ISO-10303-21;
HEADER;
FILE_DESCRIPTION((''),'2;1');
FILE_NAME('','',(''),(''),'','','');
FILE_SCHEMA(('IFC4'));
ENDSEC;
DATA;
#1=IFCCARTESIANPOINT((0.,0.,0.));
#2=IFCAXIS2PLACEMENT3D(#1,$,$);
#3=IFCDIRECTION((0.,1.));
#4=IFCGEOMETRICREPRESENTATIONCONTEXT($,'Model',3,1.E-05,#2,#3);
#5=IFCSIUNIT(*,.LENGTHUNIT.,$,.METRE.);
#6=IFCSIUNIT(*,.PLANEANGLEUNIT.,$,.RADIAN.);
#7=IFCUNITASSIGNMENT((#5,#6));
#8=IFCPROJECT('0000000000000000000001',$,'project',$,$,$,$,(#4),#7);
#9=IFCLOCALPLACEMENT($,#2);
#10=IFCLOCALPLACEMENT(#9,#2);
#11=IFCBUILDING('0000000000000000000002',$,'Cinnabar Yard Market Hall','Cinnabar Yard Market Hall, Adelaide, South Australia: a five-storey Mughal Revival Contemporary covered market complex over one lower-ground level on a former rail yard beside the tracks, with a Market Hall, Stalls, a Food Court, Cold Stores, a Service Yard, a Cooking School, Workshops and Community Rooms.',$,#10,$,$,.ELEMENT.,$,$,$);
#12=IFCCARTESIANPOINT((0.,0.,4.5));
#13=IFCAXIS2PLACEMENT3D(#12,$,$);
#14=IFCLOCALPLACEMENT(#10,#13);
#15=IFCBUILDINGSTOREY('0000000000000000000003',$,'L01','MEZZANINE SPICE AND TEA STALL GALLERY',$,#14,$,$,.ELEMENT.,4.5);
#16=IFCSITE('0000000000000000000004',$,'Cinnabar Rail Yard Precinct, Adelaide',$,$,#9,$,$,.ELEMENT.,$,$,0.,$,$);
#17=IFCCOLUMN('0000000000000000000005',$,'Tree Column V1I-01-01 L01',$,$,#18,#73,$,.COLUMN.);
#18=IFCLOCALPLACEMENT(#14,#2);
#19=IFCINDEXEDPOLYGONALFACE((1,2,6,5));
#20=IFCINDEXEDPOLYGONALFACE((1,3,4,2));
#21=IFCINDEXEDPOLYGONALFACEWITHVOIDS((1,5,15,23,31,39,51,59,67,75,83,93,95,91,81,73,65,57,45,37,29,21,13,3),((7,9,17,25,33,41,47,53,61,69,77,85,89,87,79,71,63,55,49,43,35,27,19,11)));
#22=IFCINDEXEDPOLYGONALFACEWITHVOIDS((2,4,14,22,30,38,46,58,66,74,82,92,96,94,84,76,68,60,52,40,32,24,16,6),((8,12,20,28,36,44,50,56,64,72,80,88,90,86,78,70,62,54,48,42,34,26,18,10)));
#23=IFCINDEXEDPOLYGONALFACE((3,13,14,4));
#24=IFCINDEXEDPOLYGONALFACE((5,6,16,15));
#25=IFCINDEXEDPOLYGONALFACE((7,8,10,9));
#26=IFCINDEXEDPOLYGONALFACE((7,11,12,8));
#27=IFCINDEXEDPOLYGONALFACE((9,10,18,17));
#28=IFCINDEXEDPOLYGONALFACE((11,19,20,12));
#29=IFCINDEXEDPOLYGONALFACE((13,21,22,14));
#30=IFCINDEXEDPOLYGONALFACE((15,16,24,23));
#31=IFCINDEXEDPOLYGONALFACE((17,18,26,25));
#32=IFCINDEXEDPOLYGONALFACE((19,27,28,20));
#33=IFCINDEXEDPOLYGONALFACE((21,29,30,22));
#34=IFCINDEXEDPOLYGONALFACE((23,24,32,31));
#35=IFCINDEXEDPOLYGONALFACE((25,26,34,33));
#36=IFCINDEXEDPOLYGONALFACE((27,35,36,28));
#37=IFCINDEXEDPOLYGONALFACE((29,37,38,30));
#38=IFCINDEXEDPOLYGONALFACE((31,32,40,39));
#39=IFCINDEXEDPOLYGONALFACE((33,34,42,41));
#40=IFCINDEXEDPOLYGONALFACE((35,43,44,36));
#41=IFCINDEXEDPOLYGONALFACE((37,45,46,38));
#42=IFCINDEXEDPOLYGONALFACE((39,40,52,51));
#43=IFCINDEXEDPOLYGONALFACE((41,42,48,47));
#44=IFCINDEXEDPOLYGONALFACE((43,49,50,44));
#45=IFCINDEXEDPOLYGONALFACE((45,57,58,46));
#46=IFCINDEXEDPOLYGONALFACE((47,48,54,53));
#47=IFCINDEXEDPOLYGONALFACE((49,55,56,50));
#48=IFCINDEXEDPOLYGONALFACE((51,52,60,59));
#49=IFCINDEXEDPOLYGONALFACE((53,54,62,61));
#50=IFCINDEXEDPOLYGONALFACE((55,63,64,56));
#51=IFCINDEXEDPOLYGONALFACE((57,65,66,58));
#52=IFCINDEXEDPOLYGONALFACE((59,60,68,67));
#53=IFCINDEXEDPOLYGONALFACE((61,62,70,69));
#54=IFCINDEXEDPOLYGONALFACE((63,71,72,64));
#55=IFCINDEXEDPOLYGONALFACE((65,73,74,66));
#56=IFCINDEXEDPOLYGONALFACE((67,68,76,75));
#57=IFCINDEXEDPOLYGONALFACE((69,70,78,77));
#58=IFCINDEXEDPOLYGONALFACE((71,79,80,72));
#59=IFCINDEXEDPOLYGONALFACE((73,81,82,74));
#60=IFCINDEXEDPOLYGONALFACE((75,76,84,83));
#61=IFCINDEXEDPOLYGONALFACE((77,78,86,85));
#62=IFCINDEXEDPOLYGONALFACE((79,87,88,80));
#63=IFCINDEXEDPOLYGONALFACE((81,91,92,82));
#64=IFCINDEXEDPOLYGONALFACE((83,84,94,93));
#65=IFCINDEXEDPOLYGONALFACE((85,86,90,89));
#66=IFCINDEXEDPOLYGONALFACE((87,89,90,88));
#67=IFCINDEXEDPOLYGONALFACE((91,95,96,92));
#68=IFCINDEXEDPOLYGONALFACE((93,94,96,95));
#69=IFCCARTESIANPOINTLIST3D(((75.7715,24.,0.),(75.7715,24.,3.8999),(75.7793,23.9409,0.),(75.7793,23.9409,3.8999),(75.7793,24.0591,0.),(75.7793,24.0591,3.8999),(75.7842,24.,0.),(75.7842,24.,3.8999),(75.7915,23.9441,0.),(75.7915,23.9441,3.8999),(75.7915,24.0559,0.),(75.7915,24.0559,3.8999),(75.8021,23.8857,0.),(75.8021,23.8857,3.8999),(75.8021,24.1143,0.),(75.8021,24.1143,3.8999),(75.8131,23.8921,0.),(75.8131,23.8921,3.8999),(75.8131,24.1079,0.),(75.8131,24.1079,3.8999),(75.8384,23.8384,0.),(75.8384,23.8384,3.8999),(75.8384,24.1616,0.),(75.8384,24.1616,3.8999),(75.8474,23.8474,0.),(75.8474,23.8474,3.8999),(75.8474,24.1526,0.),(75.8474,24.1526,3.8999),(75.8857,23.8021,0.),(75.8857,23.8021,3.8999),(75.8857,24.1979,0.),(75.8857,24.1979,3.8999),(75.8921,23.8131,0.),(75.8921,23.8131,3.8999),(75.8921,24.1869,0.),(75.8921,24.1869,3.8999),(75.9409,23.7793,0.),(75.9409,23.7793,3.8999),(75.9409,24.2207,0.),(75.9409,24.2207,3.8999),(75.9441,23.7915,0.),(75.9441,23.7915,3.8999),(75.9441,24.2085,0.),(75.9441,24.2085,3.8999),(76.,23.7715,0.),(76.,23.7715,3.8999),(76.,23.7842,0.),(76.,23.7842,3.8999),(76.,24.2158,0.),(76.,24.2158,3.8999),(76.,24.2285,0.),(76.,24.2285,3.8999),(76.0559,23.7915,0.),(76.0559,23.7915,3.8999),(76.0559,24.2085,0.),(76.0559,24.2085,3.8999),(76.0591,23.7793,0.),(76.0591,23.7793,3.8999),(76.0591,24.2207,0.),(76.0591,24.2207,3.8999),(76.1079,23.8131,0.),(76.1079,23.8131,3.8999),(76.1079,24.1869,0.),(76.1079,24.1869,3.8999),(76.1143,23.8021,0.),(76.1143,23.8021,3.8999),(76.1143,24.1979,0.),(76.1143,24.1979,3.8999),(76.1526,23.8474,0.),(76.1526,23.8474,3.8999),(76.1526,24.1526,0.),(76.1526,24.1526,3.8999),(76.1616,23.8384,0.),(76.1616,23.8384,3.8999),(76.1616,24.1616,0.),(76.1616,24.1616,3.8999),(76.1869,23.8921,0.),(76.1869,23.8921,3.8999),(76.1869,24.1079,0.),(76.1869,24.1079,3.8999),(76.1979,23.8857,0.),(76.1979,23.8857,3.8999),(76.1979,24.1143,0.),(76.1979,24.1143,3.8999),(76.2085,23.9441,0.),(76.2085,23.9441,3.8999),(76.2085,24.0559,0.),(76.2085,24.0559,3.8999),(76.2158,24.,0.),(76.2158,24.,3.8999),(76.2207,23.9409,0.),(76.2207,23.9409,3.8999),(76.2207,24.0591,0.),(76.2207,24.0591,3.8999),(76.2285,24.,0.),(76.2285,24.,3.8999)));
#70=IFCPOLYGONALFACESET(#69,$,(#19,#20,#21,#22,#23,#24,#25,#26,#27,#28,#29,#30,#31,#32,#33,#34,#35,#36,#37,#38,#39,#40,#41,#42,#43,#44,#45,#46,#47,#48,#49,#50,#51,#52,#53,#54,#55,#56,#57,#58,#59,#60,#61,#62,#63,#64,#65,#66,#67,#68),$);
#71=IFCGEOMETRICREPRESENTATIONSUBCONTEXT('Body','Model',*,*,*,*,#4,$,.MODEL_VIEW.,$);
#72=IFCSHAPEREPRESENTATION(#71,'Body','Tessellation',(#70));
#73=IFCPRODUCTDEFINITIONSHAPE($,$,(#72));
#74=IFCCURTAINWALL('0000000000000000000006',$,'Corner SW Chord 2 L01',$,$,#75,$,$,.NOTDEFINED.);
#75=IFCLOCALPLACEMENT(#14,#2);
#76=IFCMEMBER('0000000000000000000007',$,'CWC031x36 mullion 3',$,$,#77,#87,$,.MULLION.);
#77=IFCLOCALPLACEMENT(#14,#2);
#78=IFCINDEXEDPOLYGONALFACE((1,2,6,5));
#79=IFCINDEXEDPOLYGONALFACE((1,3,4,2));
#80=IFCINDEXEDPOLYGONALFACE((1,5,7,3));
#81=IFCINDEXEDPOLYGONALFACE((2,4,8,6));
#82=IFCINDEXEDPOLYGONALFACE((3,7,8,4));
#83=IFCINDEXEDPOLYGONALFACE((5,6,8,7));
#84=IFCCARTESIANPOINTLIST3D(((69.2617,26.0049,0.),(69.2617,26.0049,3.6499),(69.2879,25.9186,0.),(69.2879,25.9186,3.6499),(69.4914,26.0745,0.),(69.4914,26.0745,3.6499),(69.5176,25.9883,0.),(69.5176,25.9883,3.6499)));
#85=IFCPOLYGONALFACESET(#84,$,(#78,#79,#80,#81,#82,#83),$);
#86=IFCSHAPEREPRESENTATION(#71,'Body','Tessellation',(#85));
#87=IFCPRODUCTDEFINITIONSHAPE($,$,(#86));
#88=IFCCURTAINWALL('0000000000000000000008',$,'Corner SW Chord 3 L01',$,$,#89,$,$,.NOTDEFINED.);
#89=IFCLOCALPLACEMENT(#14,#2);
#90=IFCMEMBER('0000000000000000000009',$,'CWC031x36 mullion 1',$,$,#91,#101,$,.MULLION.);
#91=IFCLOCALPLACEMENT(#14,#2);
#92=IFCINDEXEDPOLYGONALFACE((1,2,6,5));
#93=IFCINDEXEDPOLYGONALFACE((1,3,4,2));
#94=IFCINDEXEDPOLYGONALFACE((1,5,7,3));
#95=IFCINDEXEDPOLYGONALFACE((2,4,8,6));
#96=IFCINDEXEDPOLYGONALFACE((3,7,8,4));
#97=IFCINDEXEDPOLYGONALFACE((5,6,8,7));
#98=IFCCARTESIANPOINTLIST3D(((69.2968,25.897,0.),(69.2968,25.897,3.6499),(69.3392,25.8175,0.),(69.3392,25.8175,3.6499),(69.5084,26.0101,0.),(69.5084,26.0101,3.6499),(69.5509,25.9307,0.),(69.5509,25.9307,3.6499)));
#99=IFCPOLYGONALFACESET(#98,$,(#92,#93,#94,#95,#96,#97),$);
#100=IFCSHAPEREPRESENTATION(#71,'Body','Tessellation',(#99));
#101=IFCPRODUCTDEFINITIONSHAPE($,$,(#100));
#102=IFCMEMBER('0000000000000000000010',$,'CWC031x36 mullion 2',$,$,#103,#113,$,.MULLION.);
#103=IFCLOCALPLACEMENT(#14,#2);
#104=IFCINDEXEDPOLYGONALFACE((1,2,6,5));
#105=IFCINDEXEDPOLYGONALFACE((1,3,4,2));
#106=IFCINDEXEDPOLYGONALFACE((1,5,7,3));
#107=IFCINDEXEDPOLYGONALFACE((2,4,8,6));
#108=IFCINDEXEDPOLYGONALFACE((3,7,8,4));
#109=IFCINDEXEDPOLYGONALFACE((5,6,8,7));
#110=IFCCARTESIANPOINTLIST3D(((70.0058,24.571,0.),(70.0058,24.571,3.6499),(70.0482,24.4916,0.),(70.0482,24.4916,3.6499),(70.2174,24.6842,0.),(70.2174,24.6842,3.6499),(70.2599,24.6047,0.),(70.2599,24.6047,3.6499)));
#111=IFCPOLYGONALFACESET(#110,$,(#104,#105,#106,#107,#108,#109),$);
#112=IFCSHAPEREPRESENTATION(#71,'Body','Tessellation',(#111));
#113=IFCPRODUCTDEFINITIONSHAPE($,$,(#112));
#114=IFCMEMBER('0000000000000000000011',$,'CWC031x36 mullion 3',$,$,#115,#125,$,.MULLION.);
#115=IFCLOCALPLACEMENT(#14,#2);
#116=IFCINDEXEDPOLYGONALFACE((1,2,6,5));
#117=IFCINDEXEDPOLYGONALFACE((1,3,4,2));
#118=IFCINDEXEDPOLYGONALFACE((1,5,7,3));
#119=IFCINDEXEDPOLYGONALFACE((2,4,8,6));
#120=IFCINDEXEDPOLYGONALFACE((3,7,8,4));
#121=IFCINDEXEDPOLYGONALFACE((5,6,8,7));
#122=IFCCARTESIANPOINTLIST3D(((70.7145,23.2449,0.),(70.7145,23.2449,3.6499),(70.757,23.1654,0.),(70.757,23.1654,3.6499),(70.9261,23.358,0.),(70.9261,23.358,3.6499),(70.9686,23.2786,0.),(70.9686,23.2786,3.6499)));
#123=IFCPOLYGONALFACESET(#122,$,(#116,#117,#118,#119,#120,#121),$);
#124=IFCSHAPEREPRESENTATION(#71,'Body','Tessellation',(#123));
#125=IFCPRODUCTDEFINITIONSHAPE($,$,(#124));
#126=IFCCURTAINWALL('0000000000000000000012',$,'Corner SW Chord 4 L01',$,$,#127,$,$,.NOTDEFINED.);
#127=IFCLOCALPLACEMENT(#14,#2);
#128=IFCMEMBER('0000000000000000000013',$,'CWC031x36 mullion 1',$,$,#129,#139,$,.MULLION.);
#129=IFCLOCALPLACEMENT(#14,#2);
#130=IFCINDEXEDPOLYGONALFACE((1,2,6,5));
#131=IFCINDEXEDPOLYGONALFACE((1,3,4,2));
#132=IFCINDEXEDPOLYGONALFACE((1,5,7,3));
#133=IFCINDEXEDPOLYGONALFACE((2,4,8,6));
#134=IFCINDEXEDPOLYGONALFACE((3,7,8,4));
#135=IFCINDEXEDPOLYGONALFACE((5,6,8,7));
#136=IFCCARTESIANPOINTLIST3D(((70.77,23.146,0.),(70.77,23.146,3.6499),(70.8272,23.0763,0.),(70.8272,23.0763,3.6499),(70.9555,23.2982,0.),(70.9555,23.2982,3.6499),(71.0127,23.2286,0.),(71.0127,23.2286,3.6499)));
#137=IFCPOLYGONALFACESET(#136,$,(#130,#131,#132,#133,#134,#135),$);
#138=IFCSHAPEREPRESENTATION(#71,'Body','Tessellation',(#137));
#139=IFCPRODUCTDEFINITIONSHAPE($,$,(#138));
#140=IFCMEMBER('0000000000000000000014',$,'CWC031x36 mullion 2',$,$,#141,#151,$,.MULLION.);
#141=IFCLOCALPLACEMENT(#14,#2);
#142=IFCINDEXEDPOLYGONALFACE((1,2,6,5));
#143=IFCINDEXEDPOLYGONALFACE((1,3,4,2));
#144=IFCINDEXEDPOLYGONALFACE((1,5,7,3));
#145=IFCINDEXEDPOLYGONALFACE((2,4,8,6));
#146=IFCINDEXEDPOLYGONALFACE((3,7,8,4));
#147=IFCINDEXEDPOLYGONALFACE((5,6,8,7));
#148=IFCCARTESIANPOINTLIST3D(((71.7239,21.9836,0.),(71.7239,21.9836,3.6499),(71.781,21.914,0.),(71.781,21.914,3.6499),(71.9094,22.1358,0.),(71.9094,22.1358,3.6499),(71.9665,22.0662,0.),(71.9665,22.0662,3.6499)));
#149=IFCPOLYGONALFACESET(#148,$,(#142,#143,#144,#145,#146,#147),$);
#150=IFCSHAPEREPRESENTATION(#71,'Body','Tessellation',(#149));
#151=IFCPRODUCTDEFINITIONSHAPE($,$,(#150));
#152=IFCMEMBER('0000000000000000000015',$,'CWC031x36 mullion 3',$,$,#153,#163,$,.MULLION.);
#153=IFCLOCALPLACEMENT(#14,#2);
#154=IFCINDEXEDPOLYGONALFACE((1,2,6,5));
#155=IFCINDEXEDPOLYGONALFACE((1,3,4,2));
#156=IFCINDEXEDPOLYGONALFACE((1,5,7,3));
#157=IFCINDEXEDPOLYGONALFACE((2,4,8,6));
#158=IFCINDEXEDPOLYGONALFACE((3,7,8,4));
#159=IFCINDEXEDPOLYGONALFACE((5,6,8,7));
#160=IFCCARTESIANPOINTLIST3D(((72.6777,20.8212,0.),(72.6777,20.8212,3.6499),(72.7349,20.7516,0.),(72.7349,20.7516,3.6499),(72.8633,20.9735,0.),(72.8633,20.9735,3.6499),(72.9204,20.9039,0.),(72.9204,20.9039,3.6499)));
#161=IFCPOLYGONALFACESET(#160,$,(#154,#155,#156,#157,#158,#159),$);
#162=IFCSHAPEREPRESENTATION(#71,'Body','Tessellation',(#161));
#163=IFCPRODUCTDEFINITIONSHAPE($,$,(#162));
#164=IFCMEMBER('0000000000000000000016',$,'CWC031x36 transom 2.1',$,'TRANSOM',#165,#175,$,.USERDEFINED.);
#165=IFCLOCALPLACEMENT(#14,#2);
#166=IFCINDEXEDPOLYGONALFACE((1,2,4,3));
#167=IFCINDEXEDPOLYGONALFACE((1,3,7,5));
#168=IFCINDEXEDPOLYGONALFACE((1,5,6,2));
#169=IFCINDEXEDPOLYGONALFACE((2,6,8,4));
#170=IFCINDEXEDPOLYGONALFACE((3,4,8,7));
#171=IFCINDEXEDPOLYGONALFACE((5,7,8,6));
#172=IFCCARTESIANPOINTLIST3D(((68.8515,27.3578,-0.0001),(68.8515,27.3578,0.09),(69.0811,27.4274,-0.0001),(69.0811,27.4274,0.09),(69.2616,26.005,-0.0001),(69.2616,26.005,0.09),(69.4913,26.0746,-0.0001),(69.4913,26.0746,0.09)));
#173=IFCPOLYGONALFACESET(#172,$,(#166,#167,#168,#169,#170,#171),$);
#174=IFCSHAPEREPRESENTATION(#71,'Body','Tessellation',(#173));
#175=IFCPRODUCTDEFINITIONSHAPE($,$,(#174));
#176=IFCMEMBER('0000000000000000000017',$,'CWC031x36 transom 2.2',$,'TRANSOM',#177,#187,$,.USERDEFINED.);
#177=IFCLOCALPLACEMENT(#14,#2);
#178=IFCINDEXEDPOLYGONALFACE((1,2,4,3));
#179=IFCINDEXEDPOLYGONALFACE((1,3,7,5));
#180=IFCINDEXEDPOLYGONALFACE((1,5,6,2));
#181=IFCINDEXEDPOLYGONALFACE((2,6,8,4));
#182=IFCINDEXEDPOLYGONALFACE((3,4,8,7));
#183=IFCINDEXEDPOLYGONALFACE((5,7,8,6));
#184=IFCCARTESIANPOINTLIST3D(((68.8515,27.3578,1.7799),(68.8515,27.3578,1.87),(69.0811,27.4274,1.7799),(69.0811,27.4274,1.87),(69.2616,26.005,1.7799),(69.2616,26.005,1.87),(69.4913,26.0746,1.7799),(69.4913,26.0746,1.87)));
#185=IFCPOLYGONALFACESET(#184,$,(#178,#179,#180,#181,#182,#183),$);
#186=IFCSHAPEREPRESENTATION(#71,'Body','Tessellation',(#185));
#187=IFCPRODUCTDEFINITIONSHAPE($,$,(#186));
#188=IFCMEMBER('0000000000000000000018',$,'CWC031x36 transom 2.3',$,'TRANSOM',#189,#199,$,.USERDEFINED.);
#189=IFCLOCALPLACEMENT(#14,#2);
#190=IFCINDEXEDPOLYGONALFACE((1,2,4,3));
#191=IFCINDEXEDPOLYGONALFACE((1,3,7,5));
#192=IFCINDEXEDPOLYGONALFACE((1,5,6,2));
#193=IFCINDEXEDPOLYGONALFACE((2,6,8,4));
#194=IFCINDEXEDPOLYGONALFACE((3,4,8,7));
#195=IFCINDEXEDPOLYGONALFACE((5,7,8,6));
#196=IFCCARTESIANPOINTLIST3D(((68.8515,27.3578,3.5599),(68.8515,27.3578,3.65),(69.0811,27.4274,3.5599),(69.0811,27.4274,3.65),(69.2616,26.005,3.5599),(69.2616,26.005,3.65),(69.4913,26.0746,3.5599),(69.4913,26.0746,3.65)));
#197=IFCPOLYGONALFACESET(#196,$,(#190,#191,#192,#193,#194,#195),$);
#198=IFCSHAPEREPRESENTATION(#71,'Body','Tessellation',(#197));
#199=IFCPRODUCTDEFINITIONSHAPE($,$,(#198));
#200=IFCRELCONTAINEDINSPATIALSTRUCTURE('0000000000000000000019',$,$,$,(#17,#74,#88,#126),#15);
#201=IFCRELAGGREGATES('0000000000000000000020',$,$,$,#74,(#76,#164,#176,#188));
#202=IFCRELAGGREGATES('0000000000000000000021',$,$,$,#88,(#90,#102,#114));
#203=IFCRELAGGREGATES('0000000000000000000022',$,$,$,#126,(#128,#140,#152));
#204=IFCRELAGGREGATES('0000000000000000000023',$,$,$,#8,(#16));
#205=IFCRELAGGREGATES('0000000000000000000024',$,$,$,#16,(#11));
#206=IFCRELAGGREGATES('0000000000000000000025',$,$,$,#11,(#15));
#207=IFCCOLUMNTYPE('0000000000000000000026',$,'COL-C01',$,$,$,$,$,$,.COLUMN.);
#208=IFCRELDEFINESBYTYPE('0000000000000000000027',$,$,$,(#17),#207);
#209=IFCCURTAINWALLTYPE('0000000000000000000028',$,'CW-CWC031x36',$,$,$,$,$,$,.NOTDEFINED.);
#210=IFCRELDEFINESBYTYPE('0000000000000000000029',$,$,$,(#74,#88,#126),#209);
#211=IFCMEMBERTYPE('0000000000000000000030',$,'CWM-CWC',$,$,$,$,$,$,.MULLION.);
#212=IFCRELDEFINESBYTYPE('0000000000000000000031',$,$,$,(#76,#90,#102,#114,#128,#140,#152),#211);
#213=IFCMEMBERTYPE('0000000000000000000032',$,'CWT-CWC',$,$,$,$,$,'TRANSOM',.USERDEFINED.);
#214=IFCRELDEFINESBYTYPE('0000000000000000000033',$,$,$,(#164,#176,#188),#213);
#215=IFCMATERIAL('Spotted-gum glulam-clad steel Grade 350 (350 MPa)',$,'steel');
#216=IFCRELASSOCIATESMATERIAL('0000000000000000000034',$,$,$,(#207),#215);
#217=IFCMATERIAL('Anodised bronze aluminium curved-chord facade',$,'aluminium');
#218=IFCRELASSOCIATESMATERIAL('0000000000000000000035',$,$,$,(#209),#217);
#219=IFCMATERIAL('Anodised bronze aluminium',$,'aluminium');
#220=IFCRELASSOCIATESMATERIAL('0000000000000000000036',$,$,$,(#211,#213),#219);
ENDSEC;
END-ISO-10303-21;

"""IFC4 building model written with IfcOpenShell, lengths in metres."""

from ifc_helpers import new_model, si_unit, direction, frame, origin, origin_2d_with_axis, place, context, subcontext, project, spatial, rectangle, hollow_circle, extrude, material, material_profile, profile_set, type_object, element, aggregate, save


model = new_model("IFC4")

# Units and contexts
model_context = context("Model", 3, precision=1e-05, world=origin(), true_north=direction((0.0, 1.0)))
body_context = subcontext(model_context, "Body", "Model", "MODEL_VIEW")
ifc_project = project(units=[si_unit("LENGTHUNIT", "METRE"), si_unit("PLANEANGLEUNIT", "RADIAN")], contexts=[model_context])

# Site, building, storey
site_placement = place(None, origin())
site = spatial("IfcSite", under=ifc_project, at=site_placement, Name="Cinnabar Rail Yard Precinct, Adelaide", CompositionType="ELEMENT", RefElevation=0.0)
building_placement = place(site_placement, origin())
building = spatial("IfcBuilding", under=site, at=building_placement, Name="Cinnabar Yard Market Hall", Description="Cinnabar Yard Market Hall, Adelaide, South Australia: a five-storey Mughal Revival Contemporary covered market complex over one lower-ground level on a former rail yard beside the tracks, with a Market Hall, Stalls, a Food Court, Cold Stores, a Service Yard, a Cooking School, Workshops and Community Rooms.", CompositionType="ELEMENT")
storey_placement = place(building_placement, frame((0.0, 0.0, 4.5)))
storey = spatial("IfcBuildingStorey", under=building, at=storey_placement, Name="L01", Description="MEZZANINE SPICE AND TEA STALL GALLERY", CompositionType="ELEMENT", Elevation=4.5)

# Column
ifc_material_1 = material(Name="Spotted-gum glulam-clad steel Grade 350 (350 MPa)", Category="steel")
ifc_material_profile_1 = material_profile(ifc_material_1, hollow_circle(Radius=0.2285, WallThickness=0.0127, at=origin_2d_with_axis()), Name="457.0x12.7CHS")
ifc_profile_set_1 = profile_set([ifc_material_profile_1], Name="Spotted-gum glulam-clad steel Grade 350 (350 MPa)")
column_type = type_object("IfcColumnType", Name="COL-C01", PredefinedType="COLUMN", material=ifc_profile_set_1)
column_placement = place(storey_placement, frame((76.0, 24.0, 0.0), z_axis=(0.0, 0.0, 1.0), x_axis=(1.0, 0.0, 0.0)))
element("IfcColumn", 1, at=column_placement, inside=storey, type_object=column_type, Name="Tree Column V1I-01-01 L01", PredefinedType="COLUMN", context=body_context, shape_type="SweptSolid", body=[
    extrude(hollow_circle(Radius=0.2285, WallThickness=0.0127, at=origin_2d_with_axis()), origin(), (0.0, 0.0, 1.0), 3.8999),
])

# Curtain wall, member
ifc_material_2 = material(Name="Anodised bronze aluminium curved-chord facade", Category="aluminium")
curtain_wall_type = type_object("IfcCurtainWallType", Name="CW-CWC031x36", PredefinedType="NOTDEFINED", material=ifc_material_2)
curtain_wall_1_placement = place(storey_placement, origin())
curtain_wall_1 = element("IfcCurtainWall", 2, at=curtain_wall_1_placement, inside=storey, type_object=curtain_wall_type, Name="Corner SW Chord 2 L01", PredefinedType="NOTDEFINED")
ifc_material_3 = material(Name="Anodised bronze aluminium", Category="aluminium")
ifc_material_profile_2 = material_profile(ifc_material_3, rectangle(XDim=0.24, YDim=0.0901, at=origin_2d_with_axis()), Name="MUL-CWC")
ifc_profile_set_2 = profile_set([ifc_material_profile_2], Name="Anodised bronze aluminium")
member_type_1 = type_object("IfcMemberType", Name="CWM-CWC", PredefinedType="MULLION", material=ifc_profile_set_2)
member_1_placement = place(storey_placement, frame((69.3896, 25.9966, 0.0), z_axis=(0.0, 0.0, 1.0), x_axis=(0.956942, 0.290279, 0.0)))
member_1 = element("IfcMember", 3, at=member_1_placement, type_object=member_type_1, Name="CWC031x36 mullion 3", PredefinedType="MULLION", context=body_context, shape_type="SweptSolid", body=[
    extrude(rectangle(XDim=0.24, YDim=0.0901, at=origin_2d_with_axis()), origin(), (0.0, 0.0, 1.0), 3.6499),
])

# Curtain walls, members
curtain_wall_2_placement = place(storey_placement, origin())
curtain_wall_2 = element("IfcCurtainWall", 4, at=curtain_wall_2_placement, inside=storey, type_object=curtain_wall_type, Name="Corner SW Chord 3 L01", PredefinedType="NOTDEFINED")
member_2_placement = place(storey_placement, frame((69.4238, 25.9138, 0.0), z_axis=(0.0, 0.0, 1.0), x_axis=(0.881917, 0.471404, 0.0)))
member_2 = element("IfcMember", 5, at=member_2_placement, type_object=member_type_1, Name="CWC031x36 mullion 1", PredefinedType="MULLION", context=body_context, shape_type="SweptSolid", body=[
    extrude(rectangle(XDim=0.24, YDim=0.0901, at=origin_2d_with_axis()), origin(), (0.0, 0.0, 1.0), 3.6499),
])
member_3_placement = place(storey_placement, frame((70.1328, 24.5879, 0.0), z_axis=(0.0, 0.0, 1.0), x_axis=(0.881917, 0.471404, 0.0)))
member_3 = element("IfcMember", 6, at=member_3_placement, type_object=member_type_1, Name="CWC031x36 mullion 2", PredefinedType="MULLION", context=body_context, shape_type="SweptSolid", body=[
    extrude(rectangle(XDim=0.24, YDim=0.0901, at=origin_2d_with_axis()), origin(), (0.0, 0.0, 1.0), 3.6499),
])
member_4_placement = place(storey_placement, frame((70.8416, 23.2617, 0.0), z_axis=(0.0, 0.0, 1.0), x_axis=(0.881917, 0.471404, 0.0)))
member_4 = element("IfcMember", 7, at=member_4_placement, type_object=member_type_1, Name="CWC031x36 mullion 3", PredefinedType="MULLION", context=body_context, shape_type="SweptSolid", body=[
    extrude(rectangle(XDim=0.24, YDim=0.0901, at=origin_2d_with_axis()), origin(), (0.0, 0.0, 1.0), 3.6499),
])
curtain_wall_3_placement = place(storey_placement, origin())
curtain_wall_3 = element("IfcCurtainWall", 8, at=curtain_wall_3_placement, inside=storey, type_object=curtain_wall_type, Name="Corner SW Chord 4 L01", PredefinedType="NOTDEFINED")
member_5_placement = place(storey_placement, frame((70.8914, 23.1873, 0.0), z_axis=(0.0, 0.0, 1.0), x_axis=(0.773019, 0.634383, 0.0)))
member_5 = element("IfcMember", 9, at=member_5_placement, type_object=member_type_1, Name="CWC031x36 mullion 1", PredefinedType="MULLION", context=body_context, shape_type="SweptSolid", body=[
    extrude(rectangle(XDim=0.24, YDim=0.0901, at=origin_2d_with_axis()), origin(), (0.0, 0.0, 1.0), 3.6499),
])
member_6_placement = place(storey_placement, frame((71.8452, 22.0249, 0.0), z_axis=(0.0, 0.0, 1.0), x_axis=(0.773019, 0.634383, 0.0)))
member_6 = element("IfcMember", 10, at=member_6_placement, type_object=member_type_1, Name="CWC031x36 mullion 2", PredefinedType="MULLION", context=body_context, shape_type="SweptSolid", body=[
    extrude(rectangle(XDim=0.24, YDim=0.0901, at=origin_2d_with_axis()), origin(), (0.0, 0.0, 1.0), 3.6499),
])
member_7_placement = place(storey_placement, frame((72.7991, 20.8625, 0.0), z_axis=(0.0, 0.0, 1.0), x_axis=(0.773019, 0.634383, 0.0)))
member_7 = element("IfcMember", 11, at=member_7_placement, type_object=member_type_1, Name="CWC031x36 mullion 3", PredefinedType="MULLION", context=body_context, shape_type="SweptSolid", body=[
    extrude(rectangle(XDim=0.24, YDim=0.0901, at=origin_2d_with_axis()), origin(), (0.0, 0.0, 1.0), 3.6499),
])

# Members
ifc_material_profile_3 = material_profile(ifc_material_3, rectangle(XDim=0.24, YDim=0.0901, at=origin_2d_with_axis()), Name="TRN-CWC")
ifc_profile_set_3 = profile_set([ifc_material_profile_3], Name="Anodised bronze aluminium")
member_type_2 = type_object("IfcMemberType", Name="CWT-CWC", ElementType="TRANSOM", PredefinedType="USERDEFINED", material=ifc_profile_set_3)
member_8_placement = place(storey_placement, frame((68.9663, 27.3926, 0.0449), z_axis=(0.290151, -0.956981, 0.0), x_axis=(0.956981, 0.290151, 0.0)))
member_8 = element("IfcMember", 12, at=member_8_placement, type_object=member_type_2, Name="CWC031x36 transom 2.1", ObjectType="TRANSOM", PredefinedType="USERDEFINED", context=body_context, shape_type="SweptSolid", body=[
    extrude(rectangle(XDim=0.24, YDim=0.0901, at=origin_2d_with_axis()), origin(), (0.0, 0.0, 1.0), 1.4136),
])
member_9_placement = place(storey_placement, frame((68.9663, 27.3926, 1.825), z_axis=(0.290151, -0.956981, 0.0), x_axis=(0.956981, 0.290151, 0.0)))
member_9 = element("IfcMember", 13, at=member_9_placement, type_object=member_type_2, Name="CWC031x36 transom 2.2", ObjectType="TRANSOM", PredefinedType="USERDEFINED", context=body_context, shape_type="SweptSolid", body=[
    extrude(rectangle(XDim=0.24, YDim=0.0901, at=origin_2d_with_axis()), origin(), (0.0, 0.0, 1.0), 1.4136),
])
member_10_placement = place(storey_placement, frame((68.9663, 27.3926, 3.605), z_axis=(0.290151, -0.956981, 0.0), x_axis=(0.956981, 0.290151, 0.0)))
member_10 = element("IfcMember", 14, at=member_10_placement, type_object=member_type_2, Name="CWC031x36 transom 2.3", ObjectType="TRANSOM", PredefinedType="USERDEFINED", context=body_context, shape_type="SweptSolid", body=[
    extrude(rectangle(XDim=0.24, YDim=0.0901, at=origin_2d_with_axis()), origin(), (0.0, 0.0, 1.0), 1.4136),
])

aggregate(curtain_wall_1, [member_1, member_8, member_9, member_10])
aggregate(curtain_wall_2, [member_2, member_3, member_4])
aggregate(curtain_wall_3, [member_5, member_6, member_7])

save(model, "model.ifc")
